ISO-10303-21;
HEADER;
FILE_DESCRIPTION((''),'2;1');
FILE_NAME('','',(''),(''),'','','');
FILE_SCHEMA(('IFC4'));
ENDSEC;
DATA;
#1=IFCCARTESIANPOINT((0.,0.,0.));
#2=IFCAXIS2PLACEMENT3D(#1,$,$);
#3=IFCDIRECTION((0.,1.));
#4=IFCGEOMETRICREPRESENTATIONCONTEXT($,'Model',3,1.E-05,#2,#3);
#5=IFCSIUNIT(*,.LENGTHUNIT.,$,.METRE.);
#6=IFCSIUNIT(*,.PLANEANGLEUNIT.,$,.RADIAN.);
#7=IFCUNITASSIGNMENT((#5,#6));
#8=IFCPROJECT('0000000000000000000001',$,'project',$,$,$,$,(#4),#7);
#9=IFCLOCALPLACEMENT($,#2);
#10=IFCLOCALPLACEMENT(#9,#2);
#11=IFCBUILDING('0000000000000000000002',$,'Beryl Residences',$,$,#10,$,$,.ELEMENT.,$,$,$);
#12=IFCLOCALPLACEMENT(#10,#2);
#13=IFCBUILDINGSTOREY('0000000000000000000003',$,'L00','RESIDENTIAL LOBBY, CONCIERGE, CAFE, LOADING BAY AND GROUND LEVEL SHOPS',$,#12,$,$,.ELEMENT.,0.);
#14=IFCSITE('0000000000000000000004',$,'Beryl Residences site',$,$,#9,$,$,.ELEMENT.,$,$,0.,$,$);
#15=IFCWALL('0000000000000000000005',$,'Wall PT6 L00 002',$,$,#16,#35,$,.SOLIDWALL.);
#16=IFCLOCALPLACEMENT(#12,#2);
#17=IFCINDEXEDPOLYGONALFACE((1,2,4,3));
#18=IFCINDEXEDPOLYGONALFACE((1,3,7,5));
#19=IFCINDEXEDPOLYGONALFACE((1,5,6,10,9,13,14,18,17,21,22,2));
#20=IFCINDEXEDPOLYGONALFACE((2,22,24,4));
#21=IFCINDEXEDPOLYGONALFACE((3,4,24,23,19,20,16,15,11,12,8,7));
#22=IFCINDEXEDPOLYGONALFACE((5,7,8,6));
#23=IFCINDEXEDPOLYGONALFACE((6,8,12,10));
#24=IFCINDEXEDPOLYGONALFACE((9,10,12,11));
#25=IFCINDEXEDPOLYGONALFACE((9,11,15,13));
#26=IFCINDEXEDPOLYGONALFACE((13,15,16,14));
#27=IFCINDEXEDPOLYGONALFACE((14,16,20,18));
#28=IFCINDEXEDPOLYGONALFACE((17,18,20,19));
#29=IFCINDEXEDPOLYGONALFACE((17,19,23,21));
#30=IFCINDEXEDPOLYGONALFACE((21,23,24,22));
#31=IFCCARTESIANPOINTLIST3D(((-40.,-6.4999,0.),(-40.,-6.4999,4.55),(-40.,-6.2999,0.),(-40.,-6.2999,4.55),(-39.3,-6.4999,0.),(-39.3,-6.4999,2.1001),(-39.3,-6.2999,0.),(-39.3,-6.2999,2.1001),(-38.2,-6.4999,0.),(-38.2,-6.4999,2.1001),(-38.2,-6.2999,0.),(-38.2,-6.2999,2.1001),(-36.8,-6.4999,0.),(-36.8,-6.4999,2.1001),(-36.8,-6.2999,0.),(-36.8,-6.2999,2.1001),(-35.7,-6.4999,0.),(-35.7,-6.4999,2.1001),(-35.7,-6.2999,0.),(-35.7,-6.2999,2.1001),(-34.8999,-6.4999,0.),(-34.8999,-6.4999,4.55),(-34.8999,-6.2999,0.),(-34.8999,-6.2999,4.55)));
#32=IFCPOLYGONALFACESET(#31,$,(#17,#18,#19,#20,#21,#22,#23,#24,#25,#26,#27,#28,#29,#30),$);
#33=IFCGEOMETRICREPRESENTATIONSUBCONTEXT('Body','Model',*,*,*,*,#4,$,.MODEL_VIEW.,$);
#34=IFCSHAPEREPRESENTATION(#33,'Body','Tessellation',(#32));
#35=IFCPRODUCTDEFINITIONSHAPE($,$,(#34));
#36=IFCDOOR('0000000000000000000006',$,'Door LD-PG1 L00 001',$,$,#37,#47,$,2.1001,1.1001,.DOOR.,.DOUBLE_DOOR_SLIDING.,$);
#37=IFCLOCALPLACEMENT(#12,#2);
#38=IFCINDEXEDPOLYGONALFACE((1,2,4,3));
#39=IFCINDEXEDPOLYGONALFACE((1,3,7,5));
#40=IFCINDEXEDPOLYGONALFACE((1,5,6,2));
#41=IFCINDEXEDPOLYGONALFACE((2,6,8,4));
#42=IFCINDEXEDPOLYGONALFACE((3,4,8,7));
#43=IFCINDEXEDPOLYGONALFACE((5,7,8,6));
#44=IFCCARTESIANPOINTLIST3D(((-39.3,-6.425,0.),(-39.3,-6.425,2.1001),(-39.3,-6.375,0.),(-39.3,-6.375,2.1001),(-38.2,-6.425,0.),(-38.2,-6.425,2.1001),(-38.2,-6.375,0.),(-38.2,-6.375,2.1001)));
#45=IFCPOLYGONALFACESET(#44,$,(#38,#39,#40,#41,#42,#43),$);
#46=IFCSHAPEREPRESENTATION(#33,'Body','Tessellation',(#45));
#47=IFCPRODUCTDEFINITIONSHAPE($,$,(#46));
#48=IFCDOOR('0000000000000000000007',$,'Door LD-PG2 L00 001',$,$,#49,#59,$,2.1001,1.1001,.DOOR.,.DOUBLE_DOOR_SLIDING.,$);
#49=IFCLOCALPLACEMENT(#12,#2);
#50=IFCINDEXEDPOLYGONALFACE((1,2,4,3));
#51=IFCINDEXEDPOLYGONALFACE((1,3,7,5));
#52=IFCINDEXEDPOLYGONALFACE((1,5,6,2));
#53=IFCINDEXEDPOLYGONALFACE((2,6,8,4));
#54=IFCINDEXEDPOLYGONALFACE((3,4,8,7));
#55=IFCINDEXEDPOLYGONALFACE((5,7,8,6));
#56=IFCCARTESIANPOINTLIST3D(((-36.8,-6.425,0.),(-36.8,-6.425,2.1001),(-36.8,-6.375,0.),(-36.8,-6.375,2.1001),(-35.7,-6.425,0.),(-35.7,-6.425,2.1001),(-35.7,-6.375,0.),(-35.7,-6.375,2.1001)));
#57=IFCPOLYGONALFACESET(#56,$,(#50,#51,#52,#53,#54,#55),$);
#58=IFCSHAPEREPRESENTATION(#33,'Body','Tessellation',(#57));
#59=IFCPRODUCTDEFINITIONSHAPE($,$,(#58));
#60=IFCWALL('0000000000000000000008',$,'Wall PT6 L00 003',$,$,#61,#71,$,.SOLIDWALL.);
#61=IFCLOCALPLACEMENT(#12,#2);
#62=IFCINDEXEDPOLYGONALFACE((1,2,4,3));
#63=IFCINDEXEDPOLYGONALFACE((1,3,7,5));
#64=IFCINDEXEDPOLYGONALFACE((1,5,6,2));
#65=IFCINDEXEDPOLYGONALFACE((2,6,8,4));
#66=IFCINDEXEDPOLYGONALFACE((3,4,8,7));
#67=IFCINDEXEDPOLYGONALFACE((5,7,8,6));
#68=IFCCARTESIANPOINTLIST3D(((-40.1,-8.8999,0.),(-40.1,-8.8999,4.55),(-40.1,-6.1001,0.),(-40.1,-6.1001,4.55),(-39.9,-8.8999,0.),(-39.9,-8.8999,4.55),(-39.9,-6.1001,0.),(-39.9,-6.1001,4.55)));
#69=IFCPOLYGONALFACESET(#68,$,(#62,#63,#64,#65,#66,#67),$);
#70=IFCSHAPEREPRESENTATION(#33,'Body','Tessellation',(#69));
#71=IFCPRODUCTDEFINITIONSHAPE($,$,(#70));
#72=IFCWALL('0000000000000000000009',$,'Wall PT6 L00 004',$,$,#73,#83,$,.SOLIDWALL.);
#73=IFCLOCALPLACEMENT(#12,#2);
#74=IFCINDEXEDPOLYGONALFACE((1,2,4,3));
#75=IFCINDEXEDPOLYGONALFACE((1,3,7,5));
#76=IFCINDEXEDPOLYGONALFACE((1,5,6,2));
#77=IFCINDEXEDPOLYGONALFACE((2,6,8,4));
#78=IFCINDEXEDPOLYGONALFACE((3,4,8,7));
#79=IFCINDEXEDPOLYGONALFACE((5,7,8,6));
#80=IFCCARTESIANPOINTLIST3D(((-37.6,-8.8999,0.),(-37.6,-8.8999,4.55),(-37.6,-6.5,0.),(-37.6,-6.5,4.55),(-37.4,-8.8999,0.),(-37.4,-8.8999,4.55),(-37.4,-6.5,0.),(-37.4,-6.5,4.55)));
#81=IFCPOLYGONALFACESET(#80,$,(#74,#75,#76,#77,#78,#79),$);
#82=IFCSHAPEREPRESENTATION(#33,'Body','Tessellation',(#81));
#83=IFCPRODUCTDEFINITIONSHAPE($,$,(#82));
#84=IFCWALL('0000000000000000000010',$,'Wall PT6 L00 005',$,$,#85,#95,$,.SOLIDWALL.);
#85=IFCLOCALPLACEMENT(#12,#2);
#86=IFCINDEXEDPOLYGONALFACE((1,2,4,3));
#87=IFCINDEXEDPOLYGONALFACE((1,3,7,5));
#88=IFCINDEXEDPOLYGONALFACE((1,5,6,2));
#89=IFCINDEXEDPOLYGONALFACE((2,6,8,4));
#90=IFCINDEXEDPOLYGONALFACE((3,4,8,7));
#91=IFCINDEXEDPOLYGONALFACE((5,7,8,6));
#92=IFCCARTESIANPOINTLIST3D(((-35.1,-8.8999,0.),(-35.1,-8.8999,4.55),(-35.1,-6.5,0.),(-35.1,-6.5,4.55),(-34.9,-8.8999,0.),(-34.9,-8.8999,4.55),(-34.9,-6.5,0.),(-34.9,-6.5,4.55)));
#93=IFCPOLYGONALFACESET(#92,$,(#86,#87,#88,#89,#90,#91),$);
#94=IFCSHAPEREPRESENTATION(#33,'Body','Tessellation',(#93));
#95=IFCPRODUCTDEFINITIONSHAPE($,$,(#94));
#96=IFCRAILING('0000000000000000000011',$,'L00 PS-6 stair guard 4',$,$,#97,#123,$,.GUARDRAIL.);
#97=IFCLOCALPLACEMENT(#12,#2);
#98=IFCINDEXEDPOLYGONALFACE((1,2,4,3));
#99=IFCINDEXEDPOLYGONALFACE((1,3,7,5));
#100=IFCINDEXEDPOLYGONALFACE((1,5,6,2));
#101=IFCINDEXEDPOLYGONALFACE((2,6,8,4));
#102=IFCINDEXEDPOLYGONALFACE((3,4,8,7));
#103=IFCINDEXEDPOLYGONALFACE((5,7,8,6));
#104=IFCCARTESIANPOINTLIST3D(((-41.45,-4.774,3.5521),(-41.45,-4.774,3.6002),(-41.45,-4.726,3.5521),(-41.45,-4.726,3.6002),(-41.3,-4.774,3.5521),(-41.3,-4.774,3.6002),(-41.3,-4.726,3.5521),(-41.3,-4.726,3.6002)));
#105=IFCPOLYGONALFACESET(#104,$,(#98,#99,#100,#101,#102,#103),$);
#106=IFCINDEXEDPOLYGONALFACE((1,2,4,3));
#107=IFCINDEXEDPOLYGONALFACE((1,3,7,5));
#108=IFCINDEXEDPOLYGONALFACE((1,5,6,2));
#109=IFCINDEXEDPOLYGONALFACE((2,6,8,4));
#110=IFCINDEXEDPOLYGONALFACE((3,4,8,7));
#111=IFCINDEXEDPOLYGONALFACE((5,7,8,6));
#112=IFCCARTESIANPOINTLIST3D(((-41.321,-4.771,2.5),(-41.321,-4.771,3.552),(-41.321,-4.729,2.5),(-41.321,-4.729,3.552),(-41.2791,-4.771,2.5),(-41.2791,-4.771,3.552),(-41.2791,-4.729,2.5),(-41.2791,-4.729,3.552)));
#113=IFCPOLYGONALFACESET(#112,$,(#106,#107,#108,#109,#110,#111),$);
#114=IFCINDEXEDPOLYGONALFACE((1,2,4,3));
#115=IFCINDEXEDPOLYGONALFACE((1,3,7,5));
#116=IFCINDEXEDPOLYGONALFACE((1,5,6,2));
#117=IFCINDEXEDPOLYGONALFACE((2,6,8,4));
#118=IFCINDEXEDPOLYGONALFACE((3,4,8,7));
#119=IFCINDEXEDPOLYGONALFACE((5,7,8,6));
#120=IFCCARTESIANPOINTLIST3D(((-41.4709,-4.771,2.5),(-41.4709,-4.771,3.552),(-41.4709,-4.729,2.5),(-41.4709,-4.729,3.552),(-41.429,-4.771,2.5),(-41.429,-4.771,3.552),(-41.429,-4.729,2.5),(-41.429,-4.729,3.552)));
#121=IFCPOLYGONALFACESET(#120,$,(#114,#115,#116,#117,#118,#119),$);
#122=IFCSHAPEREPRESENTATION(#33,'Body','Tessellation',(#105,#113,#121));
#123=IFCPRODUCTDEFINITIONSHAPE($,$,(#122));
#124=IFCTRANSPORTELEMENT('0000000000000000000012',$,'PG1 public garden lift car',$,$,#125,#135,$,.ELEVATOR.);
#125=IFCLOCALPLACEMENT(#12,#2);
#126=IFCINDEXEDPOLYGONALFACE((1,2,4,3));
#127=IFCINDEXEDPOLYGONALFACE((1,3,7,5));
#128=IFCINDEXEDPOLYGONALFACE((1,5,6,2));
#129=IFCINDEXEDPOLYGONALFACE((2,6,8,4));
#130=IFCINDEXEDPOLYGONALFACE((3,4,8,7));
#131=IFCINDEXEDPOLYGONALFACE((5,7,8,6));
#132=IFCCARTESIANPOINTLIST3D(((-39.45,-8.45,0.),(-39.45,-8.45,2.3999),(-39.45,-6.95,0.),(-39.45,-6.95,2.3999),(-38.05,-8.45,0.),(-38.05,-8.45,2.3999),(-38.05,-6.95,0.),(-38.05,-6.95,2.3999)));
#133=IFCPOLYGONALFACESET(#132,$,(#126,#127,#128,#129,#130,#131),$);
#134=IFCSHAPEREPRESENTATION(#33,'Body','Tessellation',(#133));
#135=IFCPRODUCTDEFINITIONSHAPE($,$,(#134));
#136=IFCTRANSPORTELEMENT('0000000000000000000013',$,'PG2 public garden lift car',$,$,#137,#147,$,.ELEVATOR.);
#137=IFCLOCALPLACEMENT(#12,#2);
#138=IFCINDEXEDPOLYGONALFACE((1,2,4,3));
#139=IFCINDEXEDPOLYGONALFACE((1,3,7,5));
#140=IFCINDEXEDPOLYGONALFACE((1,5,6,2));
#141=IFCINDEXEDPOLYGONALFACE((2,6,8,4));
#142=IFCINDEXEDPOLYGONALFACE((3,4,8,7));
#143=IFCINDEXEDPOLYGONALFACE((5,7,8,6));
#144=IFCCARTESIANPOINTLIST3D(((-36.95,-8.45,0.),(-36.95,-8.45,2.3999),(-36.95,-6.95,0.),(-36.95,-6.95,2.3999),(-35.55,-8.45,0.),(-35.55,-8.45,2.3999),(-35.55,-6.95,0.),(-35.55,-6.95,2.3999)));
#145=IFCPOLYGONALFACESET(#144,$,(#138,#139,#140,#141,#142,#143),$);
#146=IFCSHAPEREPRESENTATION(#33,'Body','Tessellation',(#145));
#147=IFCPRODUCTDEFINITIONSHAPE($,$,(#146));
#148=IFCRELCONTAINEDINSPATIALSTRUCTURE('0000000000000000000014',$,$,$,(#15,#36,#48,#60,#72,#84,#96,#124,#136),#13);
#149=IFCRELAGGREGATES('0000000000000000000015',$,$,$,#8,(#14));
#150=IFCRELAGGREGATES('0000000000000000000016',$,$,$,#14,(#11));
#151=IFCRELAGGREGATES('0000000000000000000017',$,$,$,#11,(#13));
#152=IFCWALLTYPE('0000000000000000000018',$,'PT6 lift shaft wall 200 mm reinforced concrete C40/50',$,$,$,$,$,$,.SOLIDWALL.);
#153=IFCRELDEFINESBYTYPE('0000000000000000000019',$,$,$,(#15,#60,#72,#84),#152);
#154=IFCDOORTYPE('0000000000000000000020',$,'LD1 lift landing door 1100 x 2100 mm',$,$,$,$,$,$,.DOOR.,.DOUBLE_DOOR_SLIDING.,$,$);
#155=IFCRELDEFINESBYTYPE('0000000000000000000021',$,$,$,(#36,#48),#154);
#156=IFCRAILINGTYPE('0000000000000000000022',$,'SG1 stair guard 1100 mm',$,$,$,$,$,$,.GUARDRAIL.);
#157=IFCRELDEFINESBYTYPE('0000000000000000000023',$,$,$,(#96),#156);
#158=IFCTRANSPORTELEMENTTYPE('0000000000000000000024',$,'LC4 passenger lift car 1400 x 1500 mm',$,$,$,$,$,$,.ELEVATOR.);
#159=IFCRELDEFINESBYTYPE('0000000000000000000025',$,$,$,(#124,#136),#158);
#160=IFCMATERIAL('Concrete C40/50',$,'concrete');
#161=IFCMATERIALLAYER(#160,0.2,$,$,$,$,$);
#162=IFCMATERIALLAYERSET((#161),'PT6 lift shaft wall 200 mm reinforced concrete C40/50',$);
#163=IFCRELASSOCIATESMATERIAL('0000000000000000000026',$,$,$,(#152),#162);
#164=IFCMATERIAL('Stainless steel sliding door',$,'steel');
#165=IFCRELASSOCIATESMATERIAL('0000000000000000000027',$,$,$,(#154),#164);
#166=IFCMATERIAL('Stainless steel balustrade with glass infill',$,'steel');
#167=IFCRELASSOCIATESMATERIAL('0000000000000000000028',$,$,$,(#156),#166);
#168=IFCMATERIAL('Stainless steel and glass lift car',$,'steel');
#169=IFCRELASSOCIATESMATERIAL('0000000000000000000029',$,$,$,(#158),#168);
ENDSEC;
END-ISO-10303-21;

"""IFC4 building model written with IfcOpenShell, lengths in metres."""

from ifc_helpers import new_model, si_unit, direction, frame, frame_2d, origin, origin_2d, place, context, subcontext, project, spatial, rectangle, extrude, material, layer, layer_set, type_object, element, fill, save


model = new_model("IFC4")

# Units and contexts
model_context = context("Model", 3, precision=1e-05, world=origin(), true_north=direction((0.0, 1.0)))
body_context = subcontext(model_context, "Body", "Model", "MODEL_VIEW")
ifc_project = project(units=[si_unit("LENGTHUNIT", "METRE"), si_unit("PLANEANGLEUNIT", "RADIAN")], contexts=[model_context])

# Site, building, storey
site_placement = place(None, origin())
site = spatial("IfcSite", under=ifc_project, at=site_placement, Name="Beryl Residences site", CompositionType="ELEMENT", RefElevation=0.0)
building_placement = place(site_placement, origin())
building = spatial("IfcBuilding", under=site, at=building_placement, Name="Beryl Residences", CompositionType="ELEMENT")
storey_placement = place(building_placement, origin())
storey = spatial("IfcBuildingStorey", under=building, at=storey_placement, Name="L00", Description="RESIDENTIAL LOBBY, CONCIERGE, CAFE, LOADING BAY AND GROUND LEVEL SHOPS", CompositionType="ELEMENT", Elevation=0.0)

# Shared definitions
ifc_material_1 = material(Name="Concrete C40/50", Category="concrete")
ifc_layer_1 = layer(ifc_material_1, 0.2)
ifc_layer_set_1 = layer_set([ifc_layer_1], Name="PT6 lift shaft wall 200 mm reinforced concrete C40/50")
wall_type_1 = type_object("IfcWallType", Name="PT6 lift shaft wall 200 mm reinforced concrete C40/50", PredefinedType="SOLIDWALL", material=ifc_layer_set_1)

# Wall, openings, doors
wall_1_placement = place(storey_placement, frame((-40.0, -6.3999, 0.0), z_axis=(0.0, 0.0, 1.0), x_axis=(1.0, 0.0, 0.0)))
wall_1 = element("IfcWall", 1, at=wall_1_placement, inside=storey, type_object=wall_type_1, Name="Wall PT6 L00 002", PredefinedType="SOLIDWALL", context=body_context, shape_type="SweptSolid", body=[
    extrude(rectangle(XDim=5.1001, YDim=0.2, at=frame_2d((2.55, 0.0))), origin(), (0.0, 0.0, 1.0), 4.55),
])
opening_1_placement = place(wall_1_placement, frame((0.7, 0.0, 0.0)))
opening_1 = element("IfcOpeningElement", 2, at=opening_1_placement, cuts=wall_1, PredefinedType="OPENING", context=body_context, shape_type="SweptSolid", body=[
    extrude(rectangle(XDim=1.1001, YDim=2.1001, at=frame_2d((0.55, 1.05))), frame((0.0, 0.1099, 0.0), z_axis=(0.0, -1.0, 0.0), x_axis=(1.0, 0.0, 0.0)), (0.0, 0.0, 1.0), 0.22),
])
opening_2_placement = place(wall_1_placement, frame((3.2, 0.0, 0.0)))
opening_2 = element("IfcOpeningElement", 3, at=opening_2_placement, cuts=wall_1, PredefinedType="OPENING", context=body_context, shape_type="SweptSolid", body=[
    extrude(rectangle(XDim=1.1001, YDim=2.1001, at=frame_2d((0.55, 1.05))), frame((0.0, 0.1099, 0.0), z_axis=(0.0, -1.0, 0.0), x_axis=(1.0, 0.0, 0.0)), (0.0, 0.0, 1.0), 0.22),
])
ifc_material_2 = material(Name="Stainless steel sliding door", Category="steel")
door_type_1 = type_object("IfcDoorType", Name="LD1 lift landing door 1100 x 2100 mm", OperationType="DOUBLE_DOOR_SLIDING", PredefinedType="DOOR", material=ifc_material_2)
door_1_placement = place(opening_1_placement, origin())
door_1 = element("IfcDoor", 4, at=door_1_placement, inside=storey, type_object=door_type_1, Name="Door LD-PG1 L00 001", OperationType="DOUBLE_DOOR_SLIDING", OverallHeight=2.1001, OverallWidth=1.1001, PredefinedType="DOOR", context=body_context, shape_type="SweptSolid", body=[
    extrude(rectangle(XDim=1.1001, YDim=2.1001, at=frame_2d((0.55, 1.05))), frame((0.0, 0.0249, 0.0), z_axis=(0.0, -1.0, 0.0), x_axis=(1.0, 0.0, 0.0)), (0.0, 0.0, 1.0), 0.05),
])
fill(opening_1, door_1)
door_2_placement = place(opening_2_placement, origin())
door_2 = element("IfcDoor", 5, at=door_2_placement, inside=storey, type_object=door_type_1, Name="Door LD-PG2 L00 001", OperationType="DOUBLE_DOOR_SLIDING", OverallHeight=2.1001, OverallWidth=1.1001, PredefinedType="DOOR", context=body_context, shape_type="SweptSolid", body=[
    extrude(rectangle(XDim=1.1001, YDim=2.1001, at=frame_2d((0.55, 1.05))), frame((0.0, 0.0249, 0.0), z_axis=(0.0, -1.0, 0.0), x_axis=(1.0, 0.0, 0.0)), (0.0, 0.0, 1.0), 0.05),
])
fill(opening_2, door_2)

# Walls
wall_2_placement = place(storey_placement, frame((-40.0, -8.8999, 0.0), z_axis=(0.0, 0.0, 1.0), x_axis=(0.0, 1.0, 0.0)))
element("IfcWall", 6, at=wall_2_placement, inside=storey, type_object=wall_type_1, Name="Wall PT6 L00 003", PredefinedType="SOLIDWALL", context=body_context, shape_type="SweptSolid", body=[
    extrude(rectangle(XDim=2.7998, YDim=0.2, at=frame_2d((1.3999, 0.0))), origin(), (0.0, 0.0, 1.0), 4.55),
])
for number, where, z_axis, x_axis, name in (
    (7, (-37.5, -8.8999, 0.0), (0.0, 0.0, 1.0), (0.0, 1.0, 0.0), "Wall PT6 L00 004"),
    (8, (-35.0, -8.8999, 0.0), (0.0, 0.0, 1.0), (0.0, 1.0, 0.0), "Wall PT6 L00 005"),
):
    element("IfcWall", number, at=place(storey_placement, frame(where, z_axis=z_axis, x_axis=x_axis)), inside=storey, type_object=wall_type_1, Name=name, PredefinedType="SOLIDWALL", context=body_context, shape_type="SweptSolid", body=[
        extrude(rectangle(XDim=2.3999, YDim=0.2, at=frame_2d((1.2, 0.0))), origin(), (0.0, 0.0, 1.0), 4.55),
    ])

# Railing
ifc_material_3 = material(Name="Stainless steel balustrade with glass infill", Category="steel")
railing_type = type_object("IfcRailingType", Name="SG1 stair guard 1100 mm", PredefinedType="GUARDRAIL", material=ifc_material_3)
railing_placement = place(storey_placement, frame((-41.3, -4.75, 2.5)))
element("IfcRailing", 9, at=railing_placement, inside=storey, type_object=railing_type, Name="L00 PS-6 stair guard 4", PredefinedType="GUARDRAIL", context=body_context, shape_type="SweptSolid", body=[
    extrude(rectangle(XDim=0.0481, YDim=0.0481, at=origin_2d()), frame((0.0, 0.0, 1.0762), z_axis=(-1.0, 0.0, 0.0), x_axis=(0.0, -1.0, 0.0)), (0.0, 0.0, 1.0), 0.1499),
    extrude(rectangle(XDim=0.042, YDim=0.042, at=origin_2d()), origin(), (0.0, 0.0, 1.0), 1.052),
    extrude(rectangle(XDim=0.042, YDim=0.042, at=origin_2d()), frame((-0.1499, 0.0, 0.0)), (0.0, 0.0, 1.0), 1.052),
])

# Transport elements
ifc_material_4 = material(Name="Stainless steel and glass lift car", Category="steel")
transport_element_type = type_object("IfcTransportElementType", Name="LC4 passenger lift car 1400 x 1500 mm", PredefinedType="ELEVATOR", material=ifc_material_4)
for number, where, z_axis, x_axis, name in (
    (10, (-38.75, -7.7, 0.0), (0.0, 0.0, 1.0), (1.0, 0.0, 0.0), "PG1 public garden lift car"),
    (11, (-36.25, -7.7, 0.0), (0.0, 0.0, 1.0), (1.0, 0.0, 0.0), "PG2 public garden lift car"),
):
    element("IfcTransportElement", number, at=place(storey_placement, frame(where, z_axis=z_axis, x_axis=x_axis)), inside=storey, type_object=transport_element_type, Name=name, PredefinedType="ELEVATOR", context=body_context, shape_type="SweptSolid", body=[
        extrude(rectangle(XDim=1.3999, YDim=1.5, at=origin_2d()), origin(), (0.0, 0.0, 1.0), 2.3999),
    ])

save(model, "model.ifc")
